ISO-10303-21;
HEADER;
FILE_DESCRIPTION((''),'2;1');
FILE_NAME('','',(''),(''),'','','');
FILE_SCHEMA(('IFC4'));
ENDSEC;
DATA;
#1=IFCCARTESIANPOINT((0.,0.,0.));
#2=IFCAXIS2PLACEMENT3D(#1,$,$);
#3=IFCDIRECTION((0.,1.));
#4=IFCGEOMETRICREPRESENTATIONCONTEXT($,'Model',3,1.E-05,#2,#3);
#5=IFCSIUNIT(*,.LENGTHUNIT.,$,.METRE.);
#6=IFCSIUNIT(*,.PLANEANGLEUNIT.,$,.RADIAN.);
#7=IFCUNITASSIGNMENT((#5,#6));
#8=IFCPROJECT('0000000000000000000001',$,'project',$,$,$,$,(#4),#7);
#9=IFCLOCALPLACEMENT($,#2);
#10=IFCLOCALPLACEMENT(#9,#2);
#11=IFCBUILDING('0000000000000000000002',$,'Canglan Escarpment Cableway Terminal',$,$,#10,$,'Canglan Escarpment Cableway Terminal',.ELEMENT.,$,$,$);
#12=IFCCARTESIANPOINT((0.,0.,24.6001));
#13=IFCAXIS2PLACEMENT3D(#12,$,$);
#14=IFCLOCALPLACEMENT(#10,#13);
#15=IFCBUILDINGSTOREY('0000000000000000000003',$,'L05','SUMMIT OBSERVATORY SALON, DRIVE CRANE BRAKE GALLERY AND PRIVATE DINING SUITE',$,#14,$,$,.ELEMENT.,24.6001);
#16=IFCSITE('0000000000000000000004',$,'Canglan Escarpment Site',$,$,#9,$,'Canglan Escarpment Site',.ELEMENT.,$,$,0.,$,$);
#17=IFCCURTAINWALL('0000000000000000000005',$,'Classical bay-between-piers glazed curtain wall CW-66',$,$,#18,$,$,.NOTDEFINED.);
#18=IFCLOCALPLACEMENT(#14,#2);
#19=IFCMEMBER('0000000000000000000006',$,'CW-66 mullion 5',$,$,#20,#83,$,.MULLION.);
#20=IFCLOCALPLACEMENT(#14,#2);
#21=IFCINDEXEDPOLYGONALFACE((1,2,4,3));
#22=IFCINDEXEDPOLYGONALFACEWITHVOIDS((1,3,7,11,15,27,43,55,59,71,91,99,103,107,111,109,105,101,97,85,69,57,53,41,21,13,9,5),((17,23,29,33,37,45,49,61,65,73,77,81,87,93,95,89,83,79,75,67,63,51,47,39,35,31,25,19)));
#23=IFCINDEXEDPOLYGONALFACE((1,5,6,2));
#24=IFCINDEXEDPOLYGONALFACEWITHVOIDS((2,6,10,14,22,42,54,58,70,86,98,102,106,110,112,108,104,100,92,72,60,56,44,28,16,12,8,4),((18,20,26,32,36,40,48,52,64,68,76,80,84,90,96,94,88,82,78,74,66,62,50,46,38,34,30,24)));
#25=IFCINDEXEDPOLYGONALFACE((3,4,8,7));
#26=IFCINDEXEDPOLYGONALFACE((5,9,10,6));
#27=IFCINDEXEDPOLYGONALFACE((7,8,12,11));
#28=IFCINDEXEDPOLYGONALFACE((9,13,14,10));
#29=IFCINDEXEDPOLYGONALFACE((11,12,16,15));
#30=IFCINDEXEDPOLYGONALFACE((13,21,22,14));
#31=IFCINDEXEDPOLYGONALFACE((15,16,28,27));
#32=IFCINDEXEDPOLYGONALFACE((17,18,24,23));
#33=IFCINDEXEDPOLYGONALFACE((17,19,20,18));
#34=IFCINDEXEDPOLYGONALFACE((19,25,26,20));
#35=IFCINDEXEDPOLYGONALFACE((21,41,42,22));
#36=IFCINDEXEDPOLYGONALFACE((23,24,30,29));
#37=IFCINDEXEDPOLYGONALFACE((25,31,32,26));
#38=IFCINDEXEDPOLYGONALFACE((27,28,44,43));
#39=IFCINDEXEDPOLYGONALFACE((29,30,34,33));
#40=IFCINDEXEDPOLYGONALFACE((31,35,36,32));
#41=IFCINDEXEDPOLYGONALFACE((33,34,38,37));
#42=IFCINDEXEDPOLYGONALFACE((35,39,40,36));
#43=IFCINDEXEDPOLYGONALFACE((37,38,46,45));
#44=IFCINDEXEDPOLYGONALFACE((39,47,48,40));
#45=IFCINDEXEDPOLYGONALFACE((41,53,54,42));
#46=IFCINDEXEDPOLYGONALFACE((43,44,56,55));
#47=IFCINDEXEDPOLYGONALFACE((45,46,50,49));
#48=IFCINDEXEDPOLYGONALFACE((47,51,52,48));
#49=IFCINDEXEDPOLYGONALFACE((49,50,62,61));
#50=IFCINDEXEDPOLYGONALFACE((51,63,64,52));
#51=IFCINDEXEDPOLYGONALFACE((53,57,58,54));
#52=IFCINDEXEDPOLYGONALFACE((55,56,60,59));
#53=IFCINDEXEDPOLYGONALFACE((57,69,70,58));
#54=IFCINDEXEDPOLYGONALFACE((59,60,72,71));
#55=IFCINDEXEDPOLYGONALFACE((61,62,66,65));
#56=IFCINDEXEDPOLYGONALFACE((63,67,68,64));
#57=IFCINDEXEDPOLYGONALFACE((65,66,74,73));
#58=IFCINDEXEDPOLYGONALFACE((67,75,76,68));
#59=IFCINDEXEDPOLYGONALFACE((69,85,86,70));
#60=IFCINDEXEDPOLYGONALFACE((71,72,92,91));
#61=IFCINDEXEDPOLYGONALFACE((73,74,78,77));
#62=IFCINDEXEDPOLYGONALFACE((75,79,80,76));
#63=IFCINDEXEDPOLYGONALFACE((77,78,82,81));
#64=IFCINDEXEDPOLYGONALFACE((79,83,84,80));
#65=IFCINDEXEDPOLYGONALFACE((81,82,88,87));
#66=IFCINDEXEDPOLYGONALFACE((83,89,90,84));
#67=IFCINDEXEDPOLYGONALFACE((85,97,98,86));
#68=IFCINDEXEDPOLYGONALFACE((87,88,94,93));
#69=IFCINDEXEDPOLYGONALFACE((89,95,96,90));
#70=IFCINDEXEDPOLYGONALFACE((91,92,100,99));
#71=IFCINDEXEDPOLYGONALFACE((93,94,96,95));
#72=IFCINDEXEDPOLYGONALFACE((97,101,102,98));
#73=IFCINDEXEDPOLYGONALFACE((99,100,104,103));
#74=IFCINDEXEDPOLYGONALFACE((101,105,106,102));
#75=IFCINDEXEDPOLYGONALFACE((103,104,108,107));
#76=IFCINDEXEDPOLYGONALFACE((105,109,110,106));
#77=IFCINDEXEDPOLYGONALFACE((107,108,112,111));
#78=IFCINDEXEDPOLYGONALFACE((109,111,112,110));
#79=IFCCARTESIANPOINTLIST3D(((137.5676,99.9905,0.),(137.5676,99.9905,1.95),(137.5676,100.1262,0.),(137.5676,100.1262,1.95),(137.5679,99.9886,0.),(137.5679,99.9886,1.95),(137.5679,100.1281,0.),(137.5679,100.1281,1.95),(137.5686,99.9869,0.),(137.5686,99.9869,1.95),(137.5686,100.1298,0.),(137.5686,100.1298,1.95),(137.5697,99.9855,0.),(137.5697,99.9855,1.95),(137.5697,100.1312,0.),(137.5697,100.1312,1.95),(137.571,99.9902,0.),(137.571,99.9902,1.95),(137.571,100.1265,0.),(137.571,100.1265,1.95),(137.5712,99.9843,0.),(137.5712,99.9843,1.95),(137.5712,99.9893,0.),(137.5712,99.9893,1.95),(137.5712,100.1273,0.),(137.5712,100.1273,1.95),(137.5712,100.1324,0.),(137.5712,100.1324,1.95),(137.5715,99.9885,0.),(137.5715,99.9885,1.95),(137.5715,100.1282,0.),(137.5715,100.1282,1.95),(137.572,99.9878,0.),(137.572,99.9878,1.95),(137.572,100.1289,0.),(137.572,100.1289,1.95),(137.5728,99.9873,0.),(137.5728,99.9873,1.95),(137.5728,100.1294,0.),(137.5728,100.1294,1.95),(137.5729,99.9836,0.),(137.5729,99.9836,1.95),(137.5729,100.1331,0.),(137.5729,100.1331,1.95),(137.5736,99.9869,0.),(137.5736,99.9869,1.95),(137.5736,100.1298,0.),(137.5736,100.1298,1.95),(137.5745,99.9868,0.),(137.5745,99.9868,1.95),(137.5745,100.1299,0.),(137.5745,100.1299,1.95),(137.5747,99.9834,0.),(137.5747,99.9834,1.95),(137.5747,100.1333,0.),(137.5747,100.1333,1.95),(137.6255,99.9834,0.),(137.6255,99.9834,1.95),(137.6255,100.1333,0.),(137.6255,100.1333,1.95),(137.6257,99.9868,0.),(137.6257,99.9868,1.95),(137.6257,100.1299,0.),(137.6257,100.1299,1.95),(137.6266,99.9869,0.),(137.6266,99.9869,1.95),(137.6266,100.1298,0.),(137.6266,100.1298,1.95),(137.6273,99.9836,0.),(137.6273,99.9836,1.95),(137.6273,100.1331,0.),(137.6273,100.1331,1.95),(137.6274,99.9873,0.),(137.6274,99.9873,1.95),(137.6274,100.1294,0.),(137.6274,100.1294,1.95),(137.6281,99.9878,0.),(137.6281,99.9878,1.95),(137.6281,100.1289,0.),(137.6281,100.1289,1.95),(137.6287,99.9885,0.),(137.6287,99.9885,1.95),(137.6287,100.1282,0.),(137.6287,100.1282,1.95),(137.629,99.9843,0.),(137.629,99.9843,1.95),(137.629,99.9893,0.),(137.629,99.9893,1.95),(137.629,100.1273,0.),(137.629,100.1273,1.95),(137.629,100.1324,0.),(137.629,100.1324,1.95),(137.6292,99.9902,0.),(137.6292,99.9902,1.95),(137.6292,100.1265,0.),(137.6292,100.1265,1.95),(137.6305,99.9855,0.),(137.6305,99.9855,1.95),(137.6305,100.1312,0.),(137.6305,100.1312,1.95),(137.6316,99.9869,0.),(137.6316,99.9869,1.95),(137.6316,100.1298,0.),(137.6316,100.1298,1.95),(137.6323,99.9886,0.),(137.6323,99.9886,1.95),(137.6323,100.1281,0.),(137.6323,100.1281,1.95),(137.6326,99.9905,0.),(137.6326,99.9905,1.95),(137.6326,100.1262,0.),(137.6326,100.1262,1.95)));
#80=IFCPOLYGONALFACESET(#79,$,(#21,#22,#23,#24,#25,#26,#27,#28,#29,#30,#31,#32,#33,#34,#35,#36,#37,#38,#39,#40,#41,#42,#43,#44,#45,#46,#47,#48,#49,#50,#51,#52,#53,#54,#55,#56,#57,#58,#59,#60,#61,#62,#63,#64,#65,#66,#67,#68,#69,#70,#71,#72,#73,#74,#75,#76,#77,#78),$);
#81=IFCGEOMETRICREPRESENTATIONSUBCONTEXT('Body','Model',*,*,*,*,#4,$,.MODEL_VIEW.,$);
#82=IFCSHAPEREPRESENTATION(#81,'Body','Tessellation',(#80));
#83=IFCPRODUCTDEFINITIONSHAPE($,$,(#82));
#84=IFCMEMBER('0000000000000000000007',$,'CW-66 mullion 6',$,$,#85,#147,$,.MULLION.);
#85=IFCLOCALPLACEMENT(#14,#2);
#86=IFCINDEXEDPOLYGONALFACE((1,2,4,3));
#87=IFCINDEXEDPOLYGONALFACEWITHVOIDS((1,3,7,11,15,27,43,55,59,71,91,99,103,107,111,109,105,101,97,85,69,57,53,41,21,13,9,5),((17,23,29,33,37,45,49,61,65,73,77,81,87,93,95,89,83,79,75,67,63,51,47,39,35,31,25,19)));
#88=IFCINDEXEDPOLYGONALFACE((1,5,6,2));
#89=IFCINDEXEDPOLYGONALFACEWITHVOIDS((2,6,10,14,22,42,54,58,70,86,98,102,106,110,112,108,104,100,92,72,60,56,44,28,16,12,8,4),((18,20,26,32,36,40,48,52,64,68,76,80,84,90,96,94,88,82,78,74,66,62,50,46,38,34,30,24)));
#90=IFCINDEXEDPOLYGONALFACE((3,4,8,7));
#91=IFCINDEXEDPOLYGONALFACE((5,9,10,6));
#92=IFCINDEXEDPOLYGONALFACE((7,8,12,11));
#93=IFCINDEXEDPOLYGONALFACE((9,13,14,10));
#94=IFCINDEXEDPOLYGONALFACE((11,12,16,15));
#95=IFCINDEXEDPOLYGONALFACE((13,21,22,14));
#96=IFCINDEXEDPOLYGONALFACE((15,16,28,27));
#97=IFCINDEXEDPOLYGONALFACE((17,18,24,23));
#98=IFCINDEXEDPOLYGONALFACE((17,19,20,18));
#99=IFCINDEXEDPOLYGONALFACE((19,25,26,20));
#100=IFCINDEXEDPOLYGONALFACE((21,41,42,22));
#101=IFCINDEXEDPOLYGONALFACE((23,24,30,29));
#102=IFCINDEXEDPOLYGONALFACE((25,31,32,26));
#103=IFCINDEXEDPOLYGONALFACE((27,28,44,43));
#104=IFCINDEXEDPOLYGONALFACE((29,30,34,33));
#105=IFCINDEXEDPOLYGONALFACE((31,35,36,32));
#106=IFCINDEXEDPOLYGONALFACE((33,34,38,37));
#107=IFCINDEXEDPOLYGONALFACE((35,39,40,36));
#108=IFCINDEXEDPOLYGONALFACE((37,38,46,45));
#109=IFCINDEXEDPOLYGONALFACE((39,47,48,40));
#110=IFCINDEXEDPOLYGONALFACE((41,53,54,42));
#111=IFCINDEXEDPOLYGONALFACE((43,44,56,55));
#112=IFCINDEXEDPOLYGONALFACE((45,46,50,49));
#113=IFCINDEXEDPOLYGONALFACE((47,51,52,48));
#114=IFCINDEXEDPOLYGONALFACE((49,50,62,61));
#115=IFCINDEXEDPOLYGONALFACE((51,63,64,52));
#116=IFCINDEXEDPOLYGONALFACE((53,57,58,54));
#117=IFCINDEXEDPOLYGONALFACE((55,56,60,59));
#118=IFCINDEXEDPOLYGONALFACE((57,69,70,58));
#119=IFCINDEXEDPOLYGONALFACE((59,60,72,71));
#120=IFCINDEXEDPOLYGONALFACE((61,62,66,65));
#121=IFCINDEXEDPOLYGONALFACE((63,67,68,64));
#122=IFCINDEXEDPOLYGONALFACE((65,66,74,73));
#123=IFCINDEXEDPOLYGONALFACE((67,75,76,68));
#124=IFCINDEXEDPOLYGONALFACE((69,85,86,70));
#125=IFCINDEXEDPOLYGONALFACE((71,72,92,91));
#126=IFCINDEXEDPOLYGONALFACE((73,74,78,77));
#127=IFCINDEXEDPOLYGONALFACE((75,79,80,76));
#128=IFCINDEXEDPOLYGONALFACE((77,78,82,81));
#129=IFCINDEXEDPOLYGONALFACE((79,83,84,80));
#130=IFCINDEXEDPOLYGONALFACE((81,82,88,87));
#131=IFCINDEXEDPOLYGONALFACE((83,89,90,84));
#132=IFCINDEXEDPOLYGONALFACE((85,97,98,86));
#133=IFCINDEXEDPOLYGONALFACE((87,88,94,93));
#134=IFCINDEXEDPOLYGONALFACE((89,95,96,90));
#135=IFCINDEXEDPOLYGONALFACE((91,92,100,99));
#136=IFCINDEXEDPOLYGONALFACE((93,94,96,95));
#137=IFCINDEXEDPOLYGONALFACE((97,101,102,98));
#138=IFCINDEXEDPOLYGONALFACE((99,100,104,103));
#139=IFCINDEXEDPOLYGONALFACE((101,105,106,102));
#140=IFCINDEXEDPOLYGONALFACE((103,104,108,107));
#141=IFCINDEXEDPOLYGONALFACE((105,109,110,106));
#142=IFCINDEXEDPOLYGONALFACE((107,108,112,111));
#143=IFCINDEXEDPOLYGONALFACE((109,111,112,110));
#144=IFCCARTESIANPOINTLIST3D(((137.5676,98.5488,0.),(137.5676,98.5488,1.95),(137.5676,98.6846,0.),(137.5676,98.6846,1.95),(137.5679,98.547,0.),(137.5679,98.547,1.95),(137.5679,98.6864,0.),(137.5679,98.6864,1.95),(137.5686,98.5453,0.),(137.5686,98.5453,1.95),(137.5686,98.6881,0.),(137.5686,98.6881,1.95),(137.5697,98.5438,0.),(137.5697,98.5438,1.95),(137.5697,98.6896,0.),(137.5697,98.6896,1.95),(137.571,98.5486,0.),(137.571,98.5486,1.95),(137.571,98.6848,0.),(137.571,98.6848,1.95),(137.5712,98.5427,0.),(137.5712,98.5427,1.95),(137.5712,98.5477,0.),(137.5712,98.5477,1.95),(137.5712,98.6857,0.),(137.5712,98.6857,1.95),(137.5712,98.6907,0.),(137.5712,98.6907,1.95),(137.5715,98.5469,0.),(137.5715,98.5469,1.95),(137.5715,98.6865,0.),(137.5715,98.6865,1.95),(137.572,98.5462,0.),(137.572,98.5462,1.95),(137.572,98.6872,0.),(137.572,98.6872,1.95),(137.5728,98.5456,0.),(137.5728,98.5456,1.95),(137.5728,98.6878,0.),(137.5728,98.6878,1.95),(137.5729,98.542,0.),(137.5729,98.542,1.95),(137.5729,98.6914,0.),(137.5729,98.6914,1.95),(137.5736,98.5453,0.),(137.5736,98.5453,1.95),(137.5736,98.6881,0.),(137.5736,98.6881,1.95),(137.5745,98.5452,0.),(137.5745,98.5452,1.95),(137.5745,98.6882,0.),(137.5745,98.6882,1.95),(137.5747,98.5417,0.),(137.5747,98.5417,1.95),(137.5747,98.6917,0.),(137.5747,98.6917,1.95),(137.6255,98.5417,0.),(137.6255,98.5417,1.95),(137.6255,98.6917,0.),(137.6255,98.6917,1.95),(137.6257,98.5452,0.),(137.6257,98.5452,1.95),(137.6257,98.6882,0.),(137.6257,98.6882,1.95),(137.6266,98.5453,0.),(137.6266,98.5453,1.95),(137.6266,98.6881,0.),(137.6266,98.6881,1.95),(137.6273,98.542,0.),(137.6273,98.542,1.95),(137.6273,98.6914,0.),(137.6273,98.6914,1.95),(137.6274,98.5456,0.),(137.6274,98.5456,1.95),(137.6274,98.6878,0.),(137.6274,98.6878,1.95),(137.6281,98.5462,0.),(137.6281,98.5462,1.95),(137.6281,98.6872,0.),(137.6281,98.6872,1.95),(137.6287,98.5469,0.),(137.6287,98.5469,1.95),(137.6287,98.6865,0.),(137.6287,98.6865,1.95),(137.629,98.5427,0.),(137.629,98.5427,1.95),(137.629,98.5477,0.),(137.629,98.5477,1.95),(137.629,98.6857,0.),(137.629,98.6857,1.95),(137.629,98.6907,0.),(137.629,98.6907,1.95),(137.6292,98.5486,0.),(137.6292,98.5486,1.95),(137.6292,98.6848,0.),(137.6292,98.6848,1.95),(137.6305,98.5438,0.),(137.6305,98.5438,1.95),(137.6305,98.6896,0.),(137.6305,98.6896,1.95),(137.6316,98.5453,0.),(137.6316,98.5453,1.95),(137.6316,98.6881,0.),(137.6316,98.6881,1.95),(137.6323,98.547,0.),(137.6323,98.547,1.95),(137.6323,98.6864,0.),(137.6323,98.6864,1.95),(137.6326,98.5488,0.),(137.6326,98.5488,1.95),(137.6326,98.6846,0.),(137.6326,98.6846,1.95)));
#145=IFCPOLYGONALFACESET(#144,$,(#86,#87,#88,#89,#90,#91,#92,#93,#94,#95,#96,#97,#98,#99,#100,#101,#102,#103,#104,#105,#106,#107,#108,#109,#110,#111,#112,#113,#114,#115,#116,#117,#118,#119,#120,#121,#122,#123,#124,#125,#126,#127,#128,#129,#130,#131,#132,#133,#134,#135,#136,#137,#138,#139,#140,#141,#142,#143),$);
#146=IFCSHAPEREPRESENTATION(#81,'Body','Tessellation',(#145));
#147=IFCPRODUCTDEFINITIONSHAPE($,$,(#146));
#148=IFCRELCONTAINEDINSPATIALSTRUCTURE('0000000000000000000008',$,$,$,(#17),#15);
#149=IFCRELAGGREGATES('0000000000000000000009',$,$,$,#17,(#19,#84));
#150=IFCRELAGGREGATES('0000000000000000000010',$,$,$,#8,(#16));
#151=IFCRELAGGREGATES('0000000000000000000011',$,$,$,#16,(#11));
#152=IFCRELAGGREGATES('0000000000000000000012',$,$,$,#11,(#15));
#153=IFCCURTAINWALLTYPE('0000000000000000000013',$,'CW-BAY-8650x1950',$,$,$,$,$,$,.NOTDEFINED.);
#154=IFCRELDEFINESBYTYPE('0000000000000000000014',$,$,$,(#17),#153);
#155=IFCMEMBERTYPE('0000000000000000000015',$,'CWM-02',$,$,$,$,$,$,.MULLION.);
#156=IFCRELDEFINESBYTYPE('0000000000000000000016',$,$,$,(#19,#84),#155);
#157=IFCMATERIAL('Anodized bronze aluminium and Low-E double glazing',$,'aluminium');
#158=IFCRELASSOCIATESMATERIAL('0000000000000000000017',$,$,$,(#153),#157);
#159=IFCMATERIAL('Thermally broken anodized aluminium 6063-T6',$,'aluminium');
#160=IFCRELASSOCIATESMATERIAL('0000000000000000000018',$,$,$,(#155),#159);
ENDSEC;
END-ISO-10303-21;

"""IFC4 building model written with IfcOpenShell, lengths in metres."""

from ifc_helpers import new_model, si_unit, direction, frame, origin, origin_2d, place, context, subcontext, project, spatial, hollow_rectangle, extrude, material, material_profile, profile_set, type_object, element, aggregate, save


model = new_model("IFC4")

# Units and contexts
model_context = context("Model", 3, precision=1e-05, world=origin(), true_north=direction((0.0, 1.0)))
body_context = subcontext(model_context, "Body", "Model", "MODEL_VIEW")
ifc_project = project(units=[si_unit("LENGTHUNIT", "METRE"), si_unit("PLANEANGLEUNIT", "RADIAN")], contexts=[model_context])

# Site, building, storey
site_placement = place(None, origin())
site = spatial("IfcSite", under=ifc_project, at=site_placement, Name="Canglan Escarpment Site", LongName="Canglan Escarpment Site", CompositionType="ELEMENT", RefElevation=0.0)
building_placement = place(site_placement, origin())
building = spatial("IfcBuilding", under=site, at=building_placement, Name="Canglan Escarpment Cableway Terminal", LongName="Canglan Escarpment Cableway Terminal", CompositionType="ELEMENT")
storey_placement = place(building_placement, frame((0.0, 0.0, 24.6001)))
storey = spatial("IfcBuildingStorey", under=building, at=storey_placement, Name="L05", Description="SUMMIT OBSERVATORY SALON, DRIVE CRANE BRAKE GALLERY AND PRIVATE DINING SUITE", CompositionType="ELEMENT", Elevation=24.6001)

# Curtain wall, members
ifc_material_1 = material(Name="Anodized bronze aluminium and Low-E double glazing", Category="aluminium")
curtain_wall_type = type_object("IfcCurtainWallType", Name="CW-BAY-8650x1950", PredefinedType="NOTDEFINED", material=ifc_material_1)
curtain_wall_placement = place(storey_placement, origin())
curtain_wall = element("IfcCurtainWall", 1, at=curtain_wall_placement, inside=storey, type_object=curtain_wall_type, Name="Classical bay-between-piers glazed curtain wall CW-66", PredefinedType="NOTDEFINED")
ifc_material_2 = material(Name="Thermally broken anodized aluminium 6063-T6", Category="aluminium")
ifc_material_profile_1 = material_profile(ifc_material_2, hollow_rectangle(XDim=0.0649, YDim=0.1499, WallThickness=0.0034, InnerFilletRadius=0.0034, OuterFilletRadius=0.0071, at=origin_2d()), Name="ALU-MULL 65x150x3.5")
ifc_profile_set_1 = profile_set([ifc_material_profile_1], Name="Thermally broken anodized aluminium 6063-T6")
member_type_1 = type_object("IfcMemberType", Name="CWM-02", PredefinedType="MULLION", material=ifc_profile_set_1)
member_1_placement = place(storey_placement, frame((137.6001, 100.0583, 0.0), z_axis=(0.0, 0.0, 1.0), x_axis=(1.0, 0.0, 0.0)))
member_1 = element("IfcMember", 2, at=member_1_placement, type_object=member_type_1, Name="CW-66 mullion 5", PredefinedType="MULLION", context=body_context, shape_type="SweptSolid", body=[
    extrude(hollow_rectangle(XDim=0.0649, YDim=0.1499, WallThickness=0.0034, InnerFilletRadius=0.0034, OuterFilletRadius=0.0071, at=origin_2d()), origin(), (0.0, 0.0, 1.0), 1.95),
])
member_2_placement = place(storey_placement, frame((137.6001, 98.6167, 0.0), z_axis=(0.0, 0.0, 1.0), x_axis=(1.0, 0.0, 0.0)))
member_2 = element("IfcMember", 3, at=member_2_placement, type_object=member_type_1, Name="CW-66 mullion 6", PredefinedType="MULLION", context=body_context, shape_type="SweptSolid", body=[
    extrude(hollow_rectangle(XDim=0.0649, YDim=0.1499, WallThickness=0.0034, InnerFilletRadius=0.0034, OuterFilletRadius=0.0071, at=origin_2d()), origin(), (0.0, 0.0, 1.0), 1.95),
])

aggregate(curtain_wall, [member_1, member_2])

save(model, "model.ifc")
